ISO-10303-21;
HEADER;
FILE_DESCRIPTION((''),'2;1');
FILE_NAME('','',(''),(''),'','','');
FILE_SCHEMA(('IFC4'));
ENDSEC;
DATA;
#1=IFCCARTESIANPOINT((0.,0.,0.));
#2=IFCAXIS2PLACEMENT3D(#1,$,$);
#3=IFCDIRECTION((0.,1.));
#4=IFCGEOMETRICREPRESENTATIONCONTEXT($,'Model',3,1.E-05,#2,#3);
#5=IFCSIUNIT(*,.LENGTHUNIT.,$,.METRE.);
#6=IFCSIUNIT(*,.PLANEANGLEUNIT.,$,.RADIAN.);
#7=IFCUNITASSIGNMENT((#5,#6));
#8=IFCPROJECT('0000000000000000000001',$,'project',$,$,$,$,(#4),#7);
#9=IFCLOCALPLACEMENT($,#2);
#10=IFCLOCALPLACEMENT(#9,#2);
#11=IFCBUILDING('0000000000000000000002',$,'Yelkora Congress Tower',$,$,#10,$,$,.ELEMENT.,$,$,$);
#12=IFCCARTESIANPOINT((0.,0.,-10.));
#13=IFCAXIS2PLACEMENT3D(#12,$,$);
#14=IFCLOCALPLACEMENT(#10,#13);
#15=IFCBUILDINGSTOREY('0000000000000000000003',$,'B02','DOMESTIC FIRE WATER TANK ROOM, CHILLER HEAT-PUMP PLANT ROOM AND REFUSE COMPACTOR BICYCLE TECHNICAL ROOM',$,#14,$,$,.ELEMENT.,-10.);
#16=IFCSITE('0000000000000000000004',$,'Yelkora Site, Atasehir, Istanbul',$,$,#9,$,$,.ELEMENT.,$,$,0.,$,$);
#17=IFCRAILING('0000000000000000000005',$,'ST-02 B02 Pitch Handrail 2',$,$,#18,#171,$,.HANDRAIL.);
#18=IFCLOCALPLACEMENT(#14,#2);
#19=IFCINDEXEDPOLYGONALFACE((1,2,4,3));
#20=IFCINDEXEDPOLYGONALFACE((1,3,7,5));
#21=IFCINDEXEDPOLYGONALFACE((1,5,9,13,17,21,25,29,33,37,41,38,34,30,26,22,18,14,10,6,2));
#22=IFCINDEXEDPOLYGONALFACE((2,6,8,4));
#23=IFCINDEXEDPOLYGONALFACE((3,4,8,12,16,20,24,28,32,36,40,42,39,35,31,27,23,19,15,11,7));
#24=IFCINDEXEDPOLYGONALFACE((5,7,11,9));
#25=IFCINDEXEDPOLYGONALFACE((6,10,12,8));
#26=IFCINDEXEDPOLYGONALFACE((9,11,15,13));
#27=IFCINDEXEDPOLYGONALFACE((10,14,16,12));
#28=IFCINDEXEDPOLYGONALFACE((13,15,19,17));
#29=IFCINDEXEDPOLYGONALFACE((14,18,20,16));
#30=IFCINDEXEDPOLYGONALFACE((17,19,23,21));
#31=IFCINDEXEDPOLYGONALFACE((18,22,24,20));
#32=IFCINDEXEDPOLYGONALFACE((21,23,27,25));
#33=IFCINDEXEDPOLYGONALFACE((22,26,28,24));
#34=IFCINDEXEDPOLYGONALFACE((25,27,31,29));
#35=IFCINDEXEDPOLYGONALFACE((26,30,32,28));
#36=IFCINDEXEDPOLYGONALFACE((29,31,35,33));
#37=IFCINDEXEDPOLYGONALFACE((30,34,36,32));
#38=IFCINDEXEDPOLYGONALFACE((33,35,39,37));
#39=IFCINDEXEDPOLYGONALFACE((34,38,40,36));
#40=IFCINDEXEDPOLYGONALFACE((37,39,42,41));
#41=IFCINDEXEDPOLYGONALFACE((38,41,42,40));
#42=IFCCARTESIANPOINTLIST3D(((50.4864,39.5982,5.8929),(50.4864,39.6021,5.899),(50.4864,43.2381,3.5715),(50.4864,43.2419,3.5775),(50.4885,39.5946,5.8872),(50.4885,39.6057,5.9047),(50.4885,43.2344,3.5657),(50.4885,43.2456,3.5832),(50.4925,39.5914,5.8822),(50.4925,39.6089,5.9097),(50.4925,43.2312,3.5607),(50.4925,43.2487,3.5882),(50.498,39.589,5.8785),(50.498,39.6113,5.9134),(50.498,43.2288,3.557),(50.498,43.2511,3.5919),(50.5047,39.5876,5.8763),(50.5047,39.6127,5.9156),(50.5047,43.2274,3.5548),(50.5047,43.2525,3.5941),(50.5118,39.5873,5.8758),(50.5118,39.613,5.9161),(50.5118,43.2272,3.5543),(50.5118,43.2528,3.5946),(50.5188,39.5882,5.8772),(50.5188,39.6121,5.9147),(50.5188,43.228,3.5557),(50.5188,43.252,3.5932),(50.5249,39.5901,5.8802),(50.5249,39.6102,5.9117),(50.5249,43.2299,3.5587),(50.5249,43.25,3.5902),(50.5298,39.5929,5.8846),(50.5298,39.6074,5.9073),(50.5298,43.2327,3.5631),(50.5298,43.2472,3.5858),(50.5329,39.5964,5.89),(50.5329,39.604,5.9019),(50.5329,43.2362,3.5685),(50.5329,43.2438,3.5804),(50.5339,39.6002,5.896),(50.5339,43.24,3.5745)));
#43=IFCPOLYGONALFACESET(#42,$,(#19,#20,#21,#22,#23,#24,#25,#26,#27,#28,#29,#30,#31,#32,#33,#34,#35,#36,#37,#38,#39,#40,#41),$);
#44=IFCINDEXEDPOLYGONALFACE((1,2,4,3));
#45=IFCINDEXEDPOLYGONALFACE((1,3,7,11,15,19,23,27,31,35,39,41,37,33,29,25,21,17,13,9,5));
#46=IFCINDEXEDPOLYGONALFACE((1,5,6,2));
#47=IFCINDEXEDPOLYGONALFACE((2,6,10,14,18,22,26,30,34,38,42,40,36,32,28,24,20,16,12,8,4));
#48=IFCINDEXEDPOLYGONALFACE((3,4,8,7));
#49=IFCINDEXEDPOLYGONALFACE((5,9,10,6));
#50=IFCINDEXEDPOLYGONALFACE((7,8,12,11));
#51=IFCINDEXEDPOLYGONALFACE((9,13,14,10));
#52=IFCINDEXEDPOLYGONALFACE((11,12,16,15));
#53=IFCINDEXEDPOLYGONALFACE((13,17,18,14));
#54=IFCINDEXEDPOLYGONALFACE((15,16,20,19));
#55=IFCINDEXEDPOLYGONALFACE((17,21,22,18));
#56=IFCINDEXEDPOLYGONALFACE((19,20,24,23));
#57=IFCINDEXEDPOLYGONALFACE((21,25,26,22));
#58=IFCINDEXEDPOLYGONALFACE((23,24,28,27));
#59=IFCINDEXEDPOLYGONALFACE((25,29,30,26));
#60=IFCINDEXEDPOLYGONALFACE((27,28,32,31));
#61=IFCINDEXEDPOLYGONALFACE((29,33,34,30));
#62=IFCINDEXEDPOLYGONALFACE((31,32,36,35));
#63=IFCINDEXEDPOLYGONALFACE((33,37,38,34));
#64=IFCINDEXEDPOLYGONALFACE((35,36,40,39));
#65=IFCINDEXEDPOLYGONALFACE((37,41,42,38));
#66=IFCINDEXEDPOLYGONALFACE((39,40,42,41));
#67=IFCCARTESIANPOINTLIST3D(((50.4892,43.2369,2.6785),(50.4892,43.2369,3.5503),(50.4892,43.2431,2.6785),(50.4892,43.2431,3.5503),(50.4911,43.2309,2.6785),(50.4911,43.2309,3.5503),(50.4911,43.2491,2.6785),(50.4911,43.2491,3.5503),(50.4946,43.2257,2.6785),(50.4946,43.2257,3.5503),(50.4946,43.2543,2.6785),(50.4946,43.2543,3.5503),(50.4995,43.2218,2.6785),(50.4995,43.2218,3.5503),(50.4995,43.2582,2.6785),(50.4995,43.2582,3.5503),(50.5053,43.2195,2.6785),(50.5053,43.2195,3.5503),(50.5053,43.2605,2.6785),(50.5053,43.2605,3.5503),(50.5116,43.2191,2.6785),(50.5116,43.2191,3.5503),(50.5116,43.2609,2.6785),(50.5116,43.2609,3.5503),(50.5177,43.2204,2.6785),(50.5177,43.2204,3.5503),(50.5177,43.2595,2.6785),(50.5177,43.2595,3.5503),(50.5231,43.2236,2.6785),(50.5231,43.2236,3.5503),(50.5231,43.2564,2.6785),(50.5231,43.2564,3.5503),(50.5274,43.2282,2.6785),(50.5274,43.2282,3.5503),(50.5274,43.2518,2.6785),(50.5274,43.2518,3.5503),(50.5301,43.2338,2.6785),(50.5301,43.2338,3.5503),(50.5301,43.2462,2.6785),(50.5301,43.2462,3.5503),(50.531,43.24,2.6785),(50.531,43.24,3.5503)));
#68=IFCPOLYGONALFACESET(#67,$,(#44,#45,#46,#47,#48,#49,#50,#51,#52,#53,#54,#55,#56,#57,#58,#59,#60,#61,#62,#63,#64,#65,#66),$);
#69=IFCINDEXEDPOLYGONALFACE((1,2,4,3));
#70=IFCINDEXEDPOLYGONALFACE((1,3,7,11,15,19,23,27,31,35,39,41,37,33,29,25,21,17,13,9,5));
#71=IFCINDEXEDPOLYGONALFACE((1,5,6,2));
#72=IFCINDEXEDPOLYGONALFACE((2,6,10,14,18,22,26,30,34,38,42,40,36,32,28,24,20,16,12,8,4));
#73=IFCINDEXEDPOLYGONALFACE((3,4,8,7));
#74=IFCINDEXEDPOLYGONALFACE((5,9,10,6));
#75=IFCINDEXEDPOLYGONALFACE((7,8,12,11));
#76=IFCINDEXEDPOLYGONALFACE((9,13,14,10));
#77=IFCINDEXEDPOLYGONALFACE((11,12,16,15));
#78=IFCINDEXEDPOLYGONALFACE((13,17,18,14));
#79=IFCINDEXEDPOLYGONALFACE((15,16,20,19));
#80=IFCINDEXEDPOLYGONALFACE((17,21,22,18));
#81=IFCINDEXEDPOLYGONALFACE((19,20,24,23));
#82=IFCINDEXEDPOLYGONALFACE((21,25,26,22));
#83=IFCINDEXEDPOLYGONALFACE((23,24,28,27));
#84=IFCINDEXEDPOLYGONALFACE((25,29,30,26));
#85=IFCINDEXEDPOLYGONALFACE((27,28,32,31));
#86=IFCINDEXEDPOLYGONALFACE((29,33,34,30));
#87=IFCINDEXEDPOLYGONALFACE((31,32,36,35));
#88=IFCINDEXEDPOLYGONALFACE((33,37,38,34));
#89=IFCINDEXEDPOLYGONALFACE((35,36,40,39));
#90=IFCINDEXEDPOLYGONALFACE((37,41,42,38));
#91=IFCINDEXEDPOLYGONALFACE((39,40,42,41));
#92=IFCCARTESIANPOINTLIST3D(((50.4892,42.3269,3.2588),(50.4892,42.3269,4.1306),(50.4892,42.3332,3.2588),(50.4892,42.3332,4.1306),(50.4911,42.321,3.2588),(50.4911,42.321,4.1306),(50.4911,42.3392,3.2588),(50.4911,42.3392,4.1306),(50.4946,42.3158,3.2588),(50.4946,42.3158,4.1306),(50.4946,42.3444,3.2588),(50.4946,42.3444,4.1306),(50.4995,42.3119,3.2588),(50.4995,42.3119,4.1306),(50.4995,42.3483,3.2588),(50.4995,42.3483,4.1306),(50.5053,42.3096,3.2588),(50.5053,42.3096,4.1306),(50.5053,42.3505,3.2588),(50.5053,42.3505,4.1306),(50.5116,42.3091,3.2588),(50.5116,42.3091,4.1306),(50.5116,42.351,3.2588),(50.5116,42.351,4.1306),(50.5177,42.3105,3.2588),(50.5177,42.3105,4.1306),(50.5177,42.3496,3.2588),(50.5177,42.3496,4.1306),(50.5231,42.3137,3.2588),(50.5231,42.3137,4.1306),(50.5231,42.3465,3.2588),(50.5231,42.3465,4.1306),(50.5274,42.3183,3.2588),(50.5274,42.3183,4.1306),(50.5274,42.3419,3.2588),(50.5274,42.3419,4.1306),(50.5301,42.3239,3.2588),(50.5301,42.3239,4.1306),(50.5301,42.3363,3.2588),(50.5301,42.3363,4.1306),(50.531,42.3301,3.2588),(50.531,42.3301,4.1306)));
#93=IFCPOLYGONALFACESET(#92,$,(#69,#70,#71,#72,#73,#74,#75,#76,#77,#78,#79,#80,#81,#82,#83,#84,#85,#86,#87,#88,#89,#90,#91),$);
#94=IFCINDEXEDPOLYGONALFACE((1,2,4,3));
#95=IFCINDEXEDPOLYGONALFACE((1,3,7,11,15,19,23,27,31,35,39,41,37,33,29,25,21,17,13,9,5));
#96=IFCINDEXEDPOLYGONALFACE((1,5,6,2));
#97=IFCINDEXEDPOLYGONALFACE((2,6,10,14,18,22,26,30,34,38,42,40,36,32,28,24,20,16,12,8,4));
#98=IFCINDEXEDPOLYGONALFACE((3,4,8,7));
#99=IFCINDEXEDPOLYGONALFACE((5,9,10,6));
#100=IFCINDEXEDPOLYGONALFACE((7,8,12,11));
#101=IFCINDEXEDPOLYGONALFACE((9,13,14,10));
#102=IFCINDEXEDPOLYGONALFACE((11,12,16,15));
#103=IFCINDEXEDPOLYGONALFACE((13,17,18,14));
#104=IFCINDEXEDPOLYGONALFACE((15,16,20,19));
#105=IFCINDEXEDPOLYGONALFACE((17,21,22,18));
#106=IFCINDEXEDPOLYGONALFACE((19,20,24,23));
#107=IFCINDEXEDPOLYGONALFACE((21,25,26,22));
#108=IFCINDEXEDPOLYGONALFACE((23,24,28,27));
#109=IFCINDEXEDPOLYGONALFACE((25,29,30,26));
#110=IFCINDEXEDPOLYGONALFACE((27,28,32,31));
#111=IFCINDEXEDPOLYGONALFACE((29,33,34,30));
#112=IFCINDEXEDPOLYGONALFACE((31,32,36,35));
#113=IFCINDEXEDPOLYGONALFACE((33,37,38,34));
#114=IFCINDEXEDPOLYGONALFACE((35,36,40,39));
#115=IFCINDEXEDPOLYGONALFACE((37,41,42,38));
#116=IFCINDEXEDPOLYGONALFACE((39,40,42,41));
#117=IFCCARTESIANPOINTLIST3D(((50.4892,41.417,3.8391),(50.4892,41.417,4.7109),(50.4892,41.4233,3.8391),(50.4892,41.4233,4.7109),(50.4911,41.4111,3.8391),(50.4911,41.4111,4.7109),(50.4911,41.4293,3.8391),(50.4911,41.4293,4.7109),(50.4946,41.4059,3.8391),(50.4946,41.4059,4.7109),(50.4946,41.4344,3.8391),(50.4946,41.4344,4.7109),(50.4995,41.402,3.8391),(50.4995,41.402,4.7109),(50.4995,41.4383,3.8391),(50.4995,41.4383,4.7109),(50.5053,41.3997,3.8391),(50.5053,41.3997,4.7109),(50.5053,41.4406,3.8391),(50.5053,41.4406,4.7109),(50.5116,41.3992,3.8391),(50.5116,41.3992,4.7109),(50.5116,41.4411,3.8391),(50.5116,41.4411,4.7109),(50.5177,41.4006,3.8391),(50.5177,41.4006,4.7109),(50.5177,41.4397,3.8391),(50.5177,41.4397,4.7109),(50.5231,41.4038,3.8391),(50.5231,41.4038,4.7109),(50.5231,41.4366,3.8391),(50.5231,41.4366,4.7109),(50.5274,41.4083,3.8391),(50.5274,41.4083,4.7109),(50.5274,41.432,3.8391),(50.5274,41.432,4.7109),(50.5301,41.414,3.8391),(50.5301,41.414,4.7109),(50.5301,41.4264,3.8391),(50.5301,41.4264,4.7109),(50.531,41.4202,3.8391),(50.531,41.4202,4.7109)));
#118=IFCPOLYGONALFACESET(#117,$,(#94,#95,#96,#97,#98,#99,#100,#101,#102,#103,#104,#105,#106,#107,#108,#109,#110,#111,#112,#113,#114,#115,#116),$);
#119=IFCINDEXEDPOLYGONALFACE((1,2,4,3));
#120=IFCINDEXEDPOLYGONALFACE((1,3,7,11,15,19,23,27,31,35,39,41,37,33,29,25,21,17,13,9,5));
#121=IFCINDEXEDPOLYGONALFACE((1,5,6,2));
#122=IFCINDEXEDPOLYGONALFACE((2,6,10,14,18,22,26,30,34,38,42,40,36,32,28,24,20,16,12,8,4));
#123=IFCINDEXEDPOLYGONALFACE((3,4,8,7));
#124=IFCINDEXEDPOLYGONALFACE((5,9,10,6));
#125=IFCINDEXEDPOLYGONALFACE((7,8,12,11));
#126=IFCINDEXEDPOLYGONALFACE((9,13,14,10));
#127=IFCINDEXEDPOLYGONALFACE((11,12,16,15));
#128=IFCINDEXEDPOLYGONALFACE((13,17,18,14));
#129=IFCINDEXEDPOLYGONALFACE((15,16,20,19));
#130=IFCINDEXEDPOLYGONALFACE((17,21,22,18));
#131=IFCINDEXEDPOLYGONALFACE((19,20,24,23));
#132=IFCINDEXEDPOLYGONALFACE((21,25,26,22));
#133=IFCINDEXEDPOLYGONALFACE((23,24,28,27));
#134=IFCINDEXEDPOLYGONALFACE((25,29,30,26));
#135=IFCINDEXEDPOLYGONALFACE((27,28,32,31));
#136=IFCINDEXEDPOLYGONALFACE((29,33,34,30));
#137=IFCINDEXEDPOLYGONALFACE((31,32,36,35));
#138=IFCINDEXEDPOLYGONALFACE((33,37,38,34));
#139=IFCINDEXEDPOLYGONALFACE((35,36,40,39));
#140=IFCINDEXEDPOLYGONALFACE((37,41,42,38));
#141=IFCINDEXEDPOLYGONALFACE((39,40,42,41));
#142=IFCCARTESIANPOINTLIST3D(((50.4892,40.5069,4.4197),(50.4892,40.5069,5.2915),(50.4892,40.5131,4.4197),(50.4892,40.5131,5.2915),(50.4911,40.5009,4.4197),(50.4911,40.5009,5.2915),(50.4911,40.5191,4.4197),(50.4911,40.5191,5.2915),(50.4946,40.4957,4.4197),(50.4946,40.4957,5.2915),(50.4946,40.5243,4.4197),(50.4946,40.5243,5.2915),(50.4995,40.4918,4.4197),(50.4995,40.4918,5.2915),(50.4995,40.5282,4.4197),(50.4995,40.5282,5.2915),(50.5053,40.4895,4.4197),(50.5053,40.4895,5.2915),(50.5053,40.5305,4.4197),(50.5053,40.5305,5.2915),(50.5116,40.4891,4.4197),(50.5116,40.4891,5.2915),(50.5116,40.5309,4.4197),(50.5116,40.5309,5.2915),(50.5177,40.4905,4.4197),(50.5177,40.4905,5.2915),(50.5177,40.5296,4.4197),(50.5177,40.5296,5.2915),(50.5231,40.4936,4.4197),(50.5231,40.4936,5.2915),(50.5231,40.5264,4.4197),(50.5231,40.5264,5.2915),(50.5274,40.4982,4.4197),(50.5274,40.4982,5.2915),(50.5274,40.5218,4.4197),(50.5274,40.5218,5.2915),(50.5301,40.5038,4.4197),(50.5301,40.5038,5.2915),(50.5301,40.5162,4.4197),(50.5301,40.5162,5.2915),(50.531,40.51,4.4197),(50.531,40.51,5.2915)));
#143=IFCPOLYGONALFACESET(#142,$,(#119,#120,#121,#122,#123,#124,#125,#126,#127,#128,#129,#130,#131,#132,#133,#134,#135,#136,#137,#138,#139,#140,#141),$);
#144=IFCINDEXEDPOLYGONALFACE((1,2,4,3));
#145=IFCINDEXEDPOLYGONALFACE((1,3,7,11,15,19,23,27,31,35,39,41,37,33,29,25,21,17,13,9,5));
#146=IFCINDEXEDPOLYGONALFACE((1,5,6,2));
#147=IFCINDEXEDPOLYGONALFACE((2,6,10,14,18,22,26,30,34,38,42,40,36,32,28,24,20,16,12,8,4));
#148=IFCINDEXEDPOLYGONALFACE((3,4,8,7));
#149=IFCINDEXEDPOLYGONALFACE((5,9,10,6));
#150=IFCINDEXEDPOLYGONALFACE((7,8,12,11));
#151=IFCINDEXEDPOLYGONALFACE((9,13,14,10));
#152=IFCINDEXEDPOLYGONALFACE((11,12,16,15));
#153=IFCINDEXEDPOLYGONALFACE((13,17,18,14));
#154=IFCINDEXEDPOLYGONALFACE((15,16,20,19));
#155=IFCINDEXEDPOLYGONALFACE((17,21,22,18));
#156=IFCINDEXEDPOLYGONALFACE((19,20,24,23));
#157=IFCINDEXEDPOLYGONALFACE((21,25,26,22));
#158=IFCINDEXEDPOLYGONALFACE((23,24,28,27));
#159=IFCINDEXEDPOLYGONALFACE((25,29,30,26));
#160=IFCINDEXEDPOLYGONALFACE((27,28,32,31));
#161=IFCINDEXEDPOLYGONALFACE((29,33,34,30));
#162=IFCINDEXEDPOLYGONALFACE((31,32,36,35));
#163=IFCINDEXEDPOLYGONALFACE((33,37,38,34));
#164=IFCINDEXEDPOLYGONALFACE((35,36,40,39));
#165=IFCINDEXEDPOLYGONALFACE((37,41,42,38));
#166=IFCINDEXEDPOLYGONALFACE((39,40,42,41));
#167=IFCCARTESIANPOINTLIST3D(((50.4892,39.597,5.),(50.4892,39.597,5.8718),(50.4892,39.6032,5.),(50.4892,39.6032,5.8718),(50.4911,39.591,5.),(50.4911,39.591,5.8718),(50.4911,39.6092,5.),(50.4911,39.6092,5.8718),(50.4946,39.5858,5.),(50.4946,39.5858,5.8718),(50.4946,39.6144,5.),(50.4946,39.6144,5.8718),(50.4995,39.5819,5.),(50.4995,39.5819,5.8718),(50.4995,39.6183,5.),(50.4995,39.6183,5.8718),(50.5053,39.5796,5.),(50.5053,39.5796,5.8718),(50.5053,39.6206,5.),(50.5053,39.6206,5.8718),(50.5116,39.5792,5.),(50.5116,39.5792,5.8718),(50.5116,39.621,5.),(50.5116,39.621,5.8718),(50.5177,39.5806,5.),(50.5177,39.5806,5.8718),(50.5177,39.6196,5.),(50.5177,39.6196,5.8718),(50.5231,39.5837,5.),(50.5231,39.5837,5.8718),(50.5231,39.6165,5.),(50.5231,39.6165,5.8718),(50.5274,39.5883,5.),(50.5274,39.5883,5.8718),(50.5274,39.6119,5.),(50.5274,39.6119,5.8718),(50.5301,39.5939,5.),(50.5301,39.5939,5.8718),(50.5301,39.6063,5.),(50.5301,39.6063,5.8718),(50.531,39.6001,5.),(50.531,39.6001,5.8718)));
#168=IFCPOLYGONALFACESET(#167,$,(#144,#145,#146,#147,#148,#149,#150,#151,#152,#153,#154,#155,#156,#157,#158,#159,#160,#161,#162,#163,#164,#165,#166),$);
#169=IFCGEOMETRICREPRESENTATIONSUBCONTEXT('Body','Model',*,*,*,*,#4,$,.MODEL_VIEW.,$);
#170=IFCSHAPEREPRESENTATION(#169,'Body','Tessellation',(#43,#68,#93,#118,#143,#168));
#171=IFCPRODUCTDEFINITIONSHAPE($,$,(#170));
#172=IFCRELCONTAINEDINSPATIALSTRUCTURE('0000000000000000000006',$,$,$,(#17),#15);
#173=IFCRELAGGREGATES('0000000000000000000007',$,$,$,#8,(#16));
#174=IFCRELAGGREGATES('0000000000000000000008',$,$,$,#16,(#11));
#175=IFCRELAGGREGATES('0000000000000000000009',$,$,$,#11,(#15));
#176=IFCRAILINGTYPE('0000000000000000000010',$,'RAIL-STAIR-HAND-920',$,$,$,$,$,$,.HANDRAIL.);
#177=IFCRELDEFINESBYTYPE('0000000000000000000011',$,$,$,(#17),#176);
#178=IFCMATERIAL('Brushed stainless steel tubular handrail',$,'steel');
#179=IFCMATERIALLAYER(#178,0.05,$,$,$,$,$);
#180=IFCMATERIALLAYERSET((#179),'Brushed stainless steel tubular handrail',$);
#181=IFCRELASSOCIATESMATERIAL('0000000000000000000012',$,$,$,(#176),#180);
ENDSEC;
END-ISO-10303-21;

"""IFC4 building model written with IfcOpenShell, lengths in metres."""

from ifc_helpers import new_model, si_unit, direction, frame, origin, origin_2d, place, context, subcontext, project, spatial, circle, extrude, material, layer, layer_set, type_object, element, save


model = new_model("IFC4")

# Units and contexts
model_context = context("Model", 3, precision=1e-05, world=origin(), true_north=direction((0.0, 1.0)))
body_context = subcontext(model_context, "Body", "Model", "MODEL_VIEW")
ifc_project = project(units=[si_unit("LENGTHUNIT", "METRE"), si_unit("PLANEANGLEUNIT", "RADIAN")], contexts=[model_context])

# Site, building, storey
site_placement = place(None, origin())
site = spatial("IfcSite", under=ifc_project, at=site_placement, Name="Yelkora Site, Atasehir, Istanbul", CompositionType="ELEMENT", RefElevation=0.0)
building_placement = place(site_placement, origin())
building = spatial("IfcBuilding", under=site, at=building_placement, Name="Yelkora Congress Tower", CompositionType="ELEMENT")
storey_placement = place(building_placement, frame((0.0, 0.0, -10.0)))
storey = spatial("IfcBuildingStorey", under=building, at=storey_placement, Name="B02", Description="DOMESTIC FIRE WATER TANK ROOM, CHILLER HEAT-PUMP PLANT ROOM AND REFUSE COMPACTOR BICYCLE TECHNICAL ROOM", CompositionType="ELEMENT", Elevation=-10.0)

# Railing
ifc_material_1 = material(Name="Brushed stainless steel tubular handrail", Category="steel")
ifc_layer_1 = layer(ifc_material_1, 0.05)
ifc_layer_set_1 = layer_set([ifc_layer_1], Name="Brushed stainless steel tubular handrail")
railing_type_1 = type_object("IfcRailingType", Name="RAIL-STAIR-HAND-920", PredefinedType="HANDRAIL", material=ifc_layer_set_1)
railing_1_placement = place(storey_placement, frame((50.51, 43.24, 2.6785)))
element("IfcRailing", 1, at=railing_1_placement, inside=storey, type_object=railing_type_1, Name="ST-02 B02 Pitch Handrail 2", PredefinedType="HANDRAIL", context=body_context, shape_type="SweptSolid", body=[
    extrude(circle(Radius=0.0239, at=origin_2d()), frame((0.0, 0.0, 0.896), z_axis=(0.0, -0.843112, 0.537739), x_axis=(1.0, 0.0, 0.0)), (0.0, 0.0, 1.0), 4.3171),
    extrude(circle(Radius=0.021, at=origin_2d()), origin(), (0.0, 0.0, 1.0), 0.8718),
    extrude(circle(Radius=0.021, at=origin_2d()), frame((0.0, -0.9099, 0.5803)), (0.0, 0.0, 1.0), 0.8718),
    extrude(circle(Radius=0.021, at=origin_2d()), frame((0.0, -1.8198, 1.1606)), (0.0, 0.0, 1.0), 0.8718),
    extrude(circle(Radius=0.021, at=origin_2d()), frame((0.0, -2.73, 1.7412)), (0.0, 0.0, 1.0), 0.8718),
    extrude(circle(Radius=0.021, at=origin_2d()), frame((0.0, -3.6399, 2.3215)), (0.0, 0.0, 1.0), 0.8718),
])

save(model, "model.ifc")
